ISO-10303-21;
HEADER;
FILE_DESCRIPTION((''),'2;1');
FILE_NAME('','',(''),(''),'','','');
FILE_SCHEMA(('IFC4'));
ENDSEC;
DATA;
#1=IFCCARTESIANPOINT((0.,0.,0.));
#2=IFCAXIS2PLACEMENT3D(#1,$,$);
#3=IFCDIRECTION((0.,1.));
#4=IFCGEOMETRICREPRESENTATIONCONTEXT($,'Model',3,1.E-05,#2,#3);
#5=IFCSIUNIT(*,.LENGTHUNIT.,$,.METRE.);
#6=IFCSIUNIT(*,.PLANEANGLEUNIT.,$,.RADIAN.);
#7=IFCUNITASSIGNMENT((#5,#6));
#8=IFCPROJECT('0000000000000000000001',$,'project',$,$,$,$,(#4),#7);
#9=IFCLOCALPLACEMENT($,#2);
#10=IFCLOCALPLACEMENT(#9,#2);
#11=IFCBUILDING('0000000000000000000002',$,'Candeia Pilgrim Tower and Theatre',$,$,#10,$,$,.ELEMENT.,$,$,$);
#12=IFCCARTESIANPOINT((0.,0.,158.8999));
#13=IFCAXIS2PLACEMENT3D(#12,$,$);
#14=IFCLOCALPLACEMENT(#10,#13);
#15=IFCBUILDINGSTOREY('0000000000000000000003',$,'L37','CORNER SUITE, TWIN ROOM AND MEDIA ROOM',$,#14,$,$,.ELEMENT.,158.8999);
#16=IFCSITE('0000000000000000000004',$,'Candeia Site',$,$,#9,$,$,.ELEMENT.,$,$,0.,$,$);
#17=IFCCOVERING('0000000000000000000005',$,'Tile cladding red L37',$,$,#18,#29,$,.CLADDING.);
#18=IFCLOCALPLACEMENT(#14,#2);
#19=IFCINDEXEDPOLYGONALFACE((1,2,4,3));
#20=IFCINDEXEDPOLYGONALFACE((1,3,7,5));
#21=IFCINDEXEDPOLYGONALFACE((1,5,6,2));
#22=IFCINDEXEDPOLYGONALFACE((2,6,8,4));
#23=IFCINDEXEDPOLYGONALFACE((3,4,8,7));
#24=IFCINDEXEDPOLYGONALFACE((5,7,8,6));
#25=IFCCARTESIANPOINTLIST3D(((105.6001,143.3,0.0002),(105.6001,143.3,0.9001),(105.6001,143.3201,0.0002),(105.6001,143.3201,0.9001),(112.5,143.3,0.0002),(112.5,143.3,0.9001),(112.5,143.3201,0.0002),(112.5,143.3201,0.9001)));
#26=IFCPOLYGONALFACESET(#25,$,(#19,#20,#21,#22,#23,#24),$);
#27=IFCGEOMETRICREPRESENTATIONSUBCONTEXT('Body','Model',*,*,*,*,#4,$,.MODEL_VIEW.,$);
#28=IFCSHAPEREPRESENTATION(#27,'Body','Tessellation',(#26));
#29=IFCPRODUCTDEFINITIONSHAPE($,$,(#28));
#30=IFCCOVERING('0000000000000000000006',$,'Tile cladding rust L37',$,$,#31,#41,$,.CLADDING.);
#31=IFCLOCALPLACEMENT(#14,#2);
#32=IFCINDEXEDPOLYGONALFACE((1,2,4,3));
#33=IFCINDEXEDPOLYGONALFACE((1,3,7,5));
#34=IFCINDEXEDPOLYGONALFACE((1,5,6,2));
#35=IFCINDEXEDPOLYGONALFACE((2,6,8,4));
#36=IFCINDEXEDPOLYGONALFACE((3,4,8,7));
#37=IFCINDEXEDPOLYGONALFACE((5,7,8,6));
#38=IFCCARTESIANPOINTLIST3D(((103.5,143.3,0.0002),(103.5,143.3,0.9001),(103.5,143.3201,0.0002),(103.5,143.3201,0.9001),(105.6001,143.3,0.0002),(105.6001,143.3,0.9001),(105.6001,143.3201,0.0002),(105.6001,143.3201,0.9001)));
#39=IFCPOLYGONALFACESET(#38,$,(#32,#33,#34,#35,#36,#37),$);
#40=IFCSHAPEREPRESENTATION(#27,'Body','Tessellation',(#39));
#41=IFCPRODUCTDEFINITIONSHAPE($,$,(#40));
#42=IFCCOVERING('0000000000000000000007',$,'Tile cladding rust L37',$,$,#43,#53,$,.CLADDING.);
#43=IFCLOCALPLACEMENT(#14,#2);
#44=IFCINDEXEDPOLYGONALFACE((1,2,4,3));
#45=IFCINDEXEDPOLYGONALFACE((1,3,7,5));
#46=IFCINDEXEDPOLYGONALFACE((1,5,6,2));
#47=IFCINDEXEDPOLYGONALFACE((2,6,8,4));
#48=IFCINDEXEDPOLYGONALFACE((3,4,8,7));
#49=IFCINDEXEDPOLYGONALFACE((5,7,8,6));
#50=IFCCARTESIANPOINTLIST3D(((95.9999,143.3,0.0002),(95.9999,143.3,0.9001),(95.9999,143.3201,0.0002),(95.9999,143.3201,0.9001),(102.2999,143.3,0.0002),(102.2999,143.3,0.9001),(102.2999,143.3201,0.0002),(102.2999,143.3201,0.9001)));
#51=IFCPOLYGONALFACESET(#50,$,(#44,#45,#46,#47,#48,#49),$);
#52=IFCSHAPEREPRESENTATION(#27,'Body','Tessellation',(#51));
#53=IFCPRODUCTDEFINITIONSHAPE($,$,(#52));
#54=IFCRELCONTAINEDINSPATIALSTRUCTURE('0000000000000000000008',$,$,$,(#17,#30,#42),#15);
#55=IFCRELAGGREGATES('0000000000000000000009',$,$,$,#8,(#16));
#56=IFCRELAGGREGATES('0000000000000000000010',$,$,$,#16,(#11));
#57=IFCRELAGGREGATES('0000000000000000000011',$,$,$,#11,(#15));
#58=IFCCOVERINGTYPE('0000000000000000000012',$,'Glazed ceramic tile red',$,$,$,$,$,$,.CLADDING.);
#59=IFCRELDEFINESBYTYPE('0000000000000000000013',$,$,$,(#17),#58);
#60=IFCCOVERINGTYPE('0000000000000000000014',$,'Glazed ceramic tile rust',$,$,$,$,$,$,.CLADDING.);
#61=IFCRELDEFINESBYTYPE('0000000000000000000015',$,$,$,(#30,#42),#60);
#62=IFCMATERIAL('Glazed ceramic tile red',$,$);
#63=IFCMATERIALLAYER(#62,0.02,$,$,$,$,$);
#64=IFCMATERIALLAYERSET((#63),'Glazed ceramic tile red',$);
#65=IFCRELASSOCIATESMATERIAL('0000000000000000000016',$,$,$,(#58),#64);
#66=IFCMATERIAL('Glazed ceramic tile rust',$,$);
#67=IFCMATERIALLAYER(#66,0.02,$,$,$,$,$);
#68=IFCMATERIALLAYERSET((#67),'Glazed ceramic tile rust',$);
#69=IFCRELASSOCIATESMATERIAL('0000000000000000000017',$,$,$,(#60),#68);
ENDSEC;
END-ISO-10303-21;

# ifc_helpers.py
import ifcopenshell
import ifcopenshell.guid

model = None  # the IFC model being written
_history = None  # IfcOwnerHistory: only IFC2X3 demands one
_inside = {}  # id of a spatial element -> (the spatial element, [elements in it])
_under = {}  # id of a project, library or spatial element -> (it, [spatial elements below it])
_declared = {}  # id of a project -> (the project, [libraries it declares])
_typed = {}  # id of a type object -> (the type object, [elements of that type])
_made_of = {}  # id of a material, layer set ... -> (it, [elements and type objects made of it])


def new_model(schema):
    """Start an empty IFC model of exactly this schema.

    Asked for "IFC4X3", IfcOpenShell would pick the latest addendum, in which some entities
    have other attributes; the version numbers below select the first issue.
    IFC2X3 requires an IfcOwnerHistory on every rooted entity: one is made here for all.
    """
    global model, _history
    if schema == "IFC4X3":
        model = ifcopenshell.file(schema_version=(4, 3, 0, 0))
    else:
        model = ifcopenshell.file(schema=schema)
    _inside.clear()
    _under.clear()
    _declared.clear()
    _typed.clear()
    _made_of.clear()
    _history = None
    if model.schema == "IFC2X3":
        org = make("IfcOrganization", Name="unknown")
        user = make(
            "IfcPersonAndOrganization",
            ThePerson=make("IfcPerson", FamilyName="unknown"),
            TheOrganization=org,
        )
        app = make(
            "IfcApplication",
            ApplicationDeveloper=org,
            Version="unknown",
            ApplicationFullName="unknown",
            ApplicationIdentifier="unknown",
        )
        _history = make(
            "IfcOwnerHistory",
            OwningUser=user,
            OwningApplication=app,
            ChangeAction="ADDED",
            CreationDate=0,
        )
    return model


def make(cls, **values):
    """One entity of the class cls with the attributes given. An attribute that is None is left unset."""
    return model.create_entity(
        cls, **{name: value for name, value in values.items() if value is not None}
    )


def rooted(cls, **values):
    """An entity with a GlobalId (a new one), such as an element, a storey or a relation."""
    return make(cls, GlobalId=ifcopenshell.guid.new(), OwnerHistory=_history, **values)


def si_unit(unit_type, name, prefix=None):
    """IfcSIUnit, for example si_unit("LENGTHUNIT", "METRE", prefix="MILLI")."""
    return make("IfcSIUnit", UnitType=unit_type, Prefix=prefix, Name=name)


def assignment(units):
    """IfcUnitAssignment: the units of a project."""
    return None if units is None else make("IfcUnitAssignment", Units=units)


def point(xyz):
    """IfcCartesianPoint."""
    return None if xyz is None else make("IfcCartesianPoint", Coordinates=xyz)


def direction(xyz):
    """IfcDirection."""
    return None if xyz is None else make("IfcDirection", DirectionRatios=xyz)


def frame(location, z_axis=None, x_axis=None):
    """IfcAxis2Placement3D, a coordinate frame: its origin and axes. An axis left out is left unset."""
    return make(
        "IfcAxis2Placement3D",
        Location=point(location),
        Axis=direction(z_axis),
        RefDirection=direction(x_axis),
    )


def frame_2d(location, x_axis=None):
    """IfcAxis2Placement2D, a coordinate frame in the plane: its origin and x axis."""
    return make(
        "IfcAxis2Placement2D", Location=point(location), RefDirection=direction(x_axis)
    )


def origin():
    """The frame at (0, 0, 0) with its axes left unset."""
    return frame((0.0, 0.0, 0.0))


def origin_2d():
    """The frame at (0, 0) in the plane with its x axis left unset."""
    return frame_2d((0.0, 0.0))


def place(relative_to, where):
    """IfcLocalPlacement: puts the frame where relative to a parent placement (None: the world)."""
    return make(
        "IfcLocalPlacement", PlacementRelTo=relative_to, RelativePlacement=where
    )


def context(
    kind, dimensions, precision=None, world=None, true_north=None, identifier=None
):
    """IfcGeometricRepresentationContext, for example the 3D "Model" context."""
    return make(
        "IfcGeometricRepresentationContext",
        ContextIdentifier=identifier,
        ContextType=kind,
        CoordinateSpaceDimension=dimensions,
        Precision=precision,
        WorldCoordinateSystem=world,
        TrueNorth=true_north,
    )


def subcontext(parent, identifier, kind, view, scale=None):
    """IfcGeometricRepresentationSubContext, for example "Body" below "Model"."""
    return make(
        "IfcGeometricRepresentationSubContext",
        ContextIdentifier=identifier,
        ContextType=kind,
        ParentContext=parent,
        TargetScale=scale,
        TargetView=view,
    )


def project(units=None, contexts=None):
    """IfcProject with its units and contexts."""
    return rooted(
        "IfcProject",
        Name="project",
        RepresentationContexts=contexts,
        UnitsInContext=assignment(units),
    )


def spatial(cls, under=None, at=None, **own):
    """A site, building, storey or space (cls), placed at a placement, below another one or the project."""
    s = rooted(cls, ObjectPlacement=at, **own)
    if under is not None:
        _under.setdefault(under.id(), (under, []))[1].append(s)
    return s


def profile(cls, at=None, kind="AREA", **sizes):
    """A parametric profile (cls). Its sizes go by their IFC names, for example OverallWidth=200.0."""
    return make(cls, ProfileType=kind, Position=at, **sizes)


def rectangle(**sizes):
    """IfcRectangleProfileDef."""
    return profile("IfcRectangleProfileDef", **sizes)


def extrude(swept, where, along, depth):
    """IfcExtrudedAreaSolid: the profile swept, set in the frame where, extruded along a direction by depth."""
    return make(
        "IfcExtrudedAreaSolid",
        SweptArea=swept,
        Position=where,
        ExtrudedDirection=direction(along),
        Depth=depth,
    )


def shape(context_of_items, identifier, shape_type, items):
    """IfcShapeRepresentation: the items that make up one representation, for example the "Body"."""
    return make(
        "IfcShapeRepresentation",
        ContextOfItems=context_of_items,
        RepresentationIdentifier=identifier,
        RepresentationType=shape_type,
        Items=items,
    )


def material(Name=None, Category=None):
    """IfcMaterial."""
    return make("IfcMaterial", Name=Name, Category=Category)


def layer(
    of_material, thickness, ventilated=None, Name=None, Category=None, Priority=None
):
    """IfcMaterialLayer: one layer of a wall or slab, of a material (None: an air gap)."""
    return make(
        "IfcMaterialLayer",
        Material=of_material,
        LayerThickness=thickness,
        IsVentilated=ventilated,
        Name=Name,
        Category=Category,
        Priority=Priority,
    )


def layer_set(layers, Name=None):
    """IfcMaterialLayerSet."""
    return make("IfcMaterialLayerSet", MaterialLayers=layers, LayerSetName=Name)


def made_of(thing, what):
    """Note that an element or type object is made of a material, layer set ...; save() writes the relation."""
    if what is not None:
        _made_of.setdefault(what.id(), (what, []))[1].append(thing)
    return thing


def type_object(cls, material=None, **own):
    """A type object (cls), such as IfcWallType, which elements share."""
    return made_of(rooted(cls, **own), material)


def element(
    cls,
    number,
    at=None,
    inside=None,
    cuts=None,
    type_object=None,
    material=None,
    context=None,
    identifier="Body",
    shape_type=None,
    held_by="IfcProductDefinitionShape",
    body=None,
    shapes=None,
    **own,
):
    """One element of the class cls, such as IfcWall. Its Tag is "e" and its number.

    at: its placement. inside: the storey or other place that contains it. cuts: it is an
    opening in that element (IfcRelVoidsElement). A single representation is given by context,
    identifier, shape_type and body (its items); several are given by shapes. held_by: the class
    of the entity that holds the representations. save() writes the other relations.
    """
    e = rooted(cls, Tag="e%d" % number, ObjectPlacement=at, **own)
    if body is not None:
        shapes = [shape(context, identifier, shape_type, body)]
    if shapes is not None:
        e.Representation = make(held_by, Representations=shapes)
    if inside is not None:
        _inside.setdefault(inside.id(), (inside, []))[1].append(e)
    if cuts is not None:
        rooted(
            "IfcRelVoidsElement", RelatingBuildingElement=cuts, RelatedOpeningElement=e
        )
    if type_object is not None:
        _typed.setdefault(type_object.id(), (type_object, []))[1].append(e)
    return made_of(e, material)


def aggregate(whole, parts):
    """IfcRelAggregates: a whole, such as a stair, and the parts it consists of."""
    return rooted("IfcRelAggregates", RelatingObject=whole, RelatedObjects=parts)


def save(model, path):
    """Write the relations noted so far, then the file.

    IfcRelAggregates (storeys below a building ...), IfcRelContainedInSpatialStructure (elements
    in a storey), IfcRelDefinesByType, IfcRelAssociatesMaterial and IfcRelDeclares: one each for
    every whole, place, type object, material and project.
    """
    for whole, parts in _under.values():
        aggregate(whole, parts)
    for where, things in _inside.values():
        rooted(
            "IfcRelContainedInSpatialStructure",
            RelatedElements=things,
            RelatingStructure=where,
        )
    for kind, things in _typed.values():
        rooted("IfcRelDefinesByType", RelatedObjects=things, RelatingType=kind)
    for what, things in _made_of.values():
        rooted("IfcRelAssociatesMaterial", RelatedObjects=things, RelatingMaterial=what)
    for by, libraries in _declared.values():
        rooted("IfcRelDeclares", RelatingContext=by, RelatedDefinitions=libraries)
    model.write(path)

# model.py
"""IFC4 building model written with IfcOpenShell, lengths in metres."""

from ifc_helpers import new_model, si_unit, direction, frame, origin, origin_2d, place, context, subcontext, project, spatial, rectangle, extrude, material, layer, layer_set, type_object, element, save


model = new_model("IFC4")

# Units and contexts
model_context = context("Model", 3, precision=1e-05, world=origin(), true_north=direction((0.0, 1.0)))
body_context = subcontext(model_context, "Body", "Model", "MODEL_VIEW")
ifc_project = project(units=[si_unit("LENGTHUNIT", "METRE"), si_unit("PLANEANGLEUNIT", "RADIAN")], contexts=[model_context])

# Site, building, storey
site_placement = place(None, origin())
site = spatial("IfcSite", under=ifc_project, at=site_placement, Name="Candeia Site", CompositionType="ELEMENT", RefElevation=0.0)
building_placement = place(site_placement, origin())
building = spatial("IfcBuilding", under=site, at=building_placement, Name="Candeia Pilgrim Tower and Theatre", CompositionType="ELEMENT")
storey_placement = place(building_placement, frame((0.0, 0.0, 158.8999)))
storey = spatial("IfcBuildingStorey", under=building, at=storey_placement, Name="L37", Description="CORNER SUITE, TWIN ROOM AND MEDIA ROOM", CompositionType="ELEMENT", Elevation=158.8999)

# Coverings
ifc_material_1 = material(Name="Glazed ceramic tile red")
ifc_layer_1 = layer(ifc_material_1, 0.02)
ifc_layer_set_1 = layer_set([ifc_layer_1], Name="Glazed ceramic tile red")
covering_type_1 = type_object("IfcCoveringType", Name="Glazed ceramic tile red", PredefinedType="CLADDING", material=ifc_layer_set_1)
covering_1_placement = place(storey_placement, frame((109.05, 143.3101, 0.0002), z_axis=(0.0, 0.0, 1.0), x_axis=(-1.0, 0.0, 0.0)))
element("IfcCovering", 1, at=covering_1_placement, inside=storey, type_object=covering_type_1, Name="Tile cladding red L37", PredefinedType="CLADDING", context=body_context, shape_type="SweptSolid", body=[
    extrude(rectangle(XDim=6.8999, YDim=0.02, at=origin_2d()), origin(), (0.0, 0.0, 1.0), 0.8999),
])
ifc_material_2 = material(Name="Glazed ceramic tile rust")
ifc_layer_2 = layer(ifc_material_2, 0.02)
ifc_layer_set_2 = layer_set([ifc_layer_2], Name="Glazed ceramic tile rust")
covering_type_2 = type_object("IfcCoveringType", Name="Glazed ceramic tile rust", PredefinedType="CLADDING", material=ifc_layer_set_2)
covering_2_placement = place(storey_placement, frame((104.55, 143.3101, 0.0002), z_axis=(0.0, 0.0, 1.0), x_axis=(-1.0, 0.0, 0.0)))
element("IfcCovering", 2, at=covering_2_placement, inside=storey, type_object=covering_type_2, Name="Tile cladding rust L37", PredefinedType="CLADDING", context=body_context, shape_type="SweptSolid", body=[
    extrude(rectangle(XDim=2.1001, YDim=0.02, at=origin_2d()), origin(), (0.0, 0.0, 1.0), 0.8999),
])
covering_3_placement = place(storey_placement, frame((99.1499, 143.3101, 0.0002), z_axis=(0.0, 0.0, 1.0), x_axis=(-1.0, 0.0, 0.0)))
element("IfcCovering", 3, at=covering_3_placement, inside=storey, type_object=covering_type_2, Name="Tile cladding rust L37", PredefinedType="CLADDING", context=body_context, shape_type="SweptSolid", body=[
    extrude(rectangle(XDim=6.3, YDim=0.02, at=origin_2d()), origin(), (0.0, 0.0, 1.0), 0.8999),
])

save(model, "model.ifc")
